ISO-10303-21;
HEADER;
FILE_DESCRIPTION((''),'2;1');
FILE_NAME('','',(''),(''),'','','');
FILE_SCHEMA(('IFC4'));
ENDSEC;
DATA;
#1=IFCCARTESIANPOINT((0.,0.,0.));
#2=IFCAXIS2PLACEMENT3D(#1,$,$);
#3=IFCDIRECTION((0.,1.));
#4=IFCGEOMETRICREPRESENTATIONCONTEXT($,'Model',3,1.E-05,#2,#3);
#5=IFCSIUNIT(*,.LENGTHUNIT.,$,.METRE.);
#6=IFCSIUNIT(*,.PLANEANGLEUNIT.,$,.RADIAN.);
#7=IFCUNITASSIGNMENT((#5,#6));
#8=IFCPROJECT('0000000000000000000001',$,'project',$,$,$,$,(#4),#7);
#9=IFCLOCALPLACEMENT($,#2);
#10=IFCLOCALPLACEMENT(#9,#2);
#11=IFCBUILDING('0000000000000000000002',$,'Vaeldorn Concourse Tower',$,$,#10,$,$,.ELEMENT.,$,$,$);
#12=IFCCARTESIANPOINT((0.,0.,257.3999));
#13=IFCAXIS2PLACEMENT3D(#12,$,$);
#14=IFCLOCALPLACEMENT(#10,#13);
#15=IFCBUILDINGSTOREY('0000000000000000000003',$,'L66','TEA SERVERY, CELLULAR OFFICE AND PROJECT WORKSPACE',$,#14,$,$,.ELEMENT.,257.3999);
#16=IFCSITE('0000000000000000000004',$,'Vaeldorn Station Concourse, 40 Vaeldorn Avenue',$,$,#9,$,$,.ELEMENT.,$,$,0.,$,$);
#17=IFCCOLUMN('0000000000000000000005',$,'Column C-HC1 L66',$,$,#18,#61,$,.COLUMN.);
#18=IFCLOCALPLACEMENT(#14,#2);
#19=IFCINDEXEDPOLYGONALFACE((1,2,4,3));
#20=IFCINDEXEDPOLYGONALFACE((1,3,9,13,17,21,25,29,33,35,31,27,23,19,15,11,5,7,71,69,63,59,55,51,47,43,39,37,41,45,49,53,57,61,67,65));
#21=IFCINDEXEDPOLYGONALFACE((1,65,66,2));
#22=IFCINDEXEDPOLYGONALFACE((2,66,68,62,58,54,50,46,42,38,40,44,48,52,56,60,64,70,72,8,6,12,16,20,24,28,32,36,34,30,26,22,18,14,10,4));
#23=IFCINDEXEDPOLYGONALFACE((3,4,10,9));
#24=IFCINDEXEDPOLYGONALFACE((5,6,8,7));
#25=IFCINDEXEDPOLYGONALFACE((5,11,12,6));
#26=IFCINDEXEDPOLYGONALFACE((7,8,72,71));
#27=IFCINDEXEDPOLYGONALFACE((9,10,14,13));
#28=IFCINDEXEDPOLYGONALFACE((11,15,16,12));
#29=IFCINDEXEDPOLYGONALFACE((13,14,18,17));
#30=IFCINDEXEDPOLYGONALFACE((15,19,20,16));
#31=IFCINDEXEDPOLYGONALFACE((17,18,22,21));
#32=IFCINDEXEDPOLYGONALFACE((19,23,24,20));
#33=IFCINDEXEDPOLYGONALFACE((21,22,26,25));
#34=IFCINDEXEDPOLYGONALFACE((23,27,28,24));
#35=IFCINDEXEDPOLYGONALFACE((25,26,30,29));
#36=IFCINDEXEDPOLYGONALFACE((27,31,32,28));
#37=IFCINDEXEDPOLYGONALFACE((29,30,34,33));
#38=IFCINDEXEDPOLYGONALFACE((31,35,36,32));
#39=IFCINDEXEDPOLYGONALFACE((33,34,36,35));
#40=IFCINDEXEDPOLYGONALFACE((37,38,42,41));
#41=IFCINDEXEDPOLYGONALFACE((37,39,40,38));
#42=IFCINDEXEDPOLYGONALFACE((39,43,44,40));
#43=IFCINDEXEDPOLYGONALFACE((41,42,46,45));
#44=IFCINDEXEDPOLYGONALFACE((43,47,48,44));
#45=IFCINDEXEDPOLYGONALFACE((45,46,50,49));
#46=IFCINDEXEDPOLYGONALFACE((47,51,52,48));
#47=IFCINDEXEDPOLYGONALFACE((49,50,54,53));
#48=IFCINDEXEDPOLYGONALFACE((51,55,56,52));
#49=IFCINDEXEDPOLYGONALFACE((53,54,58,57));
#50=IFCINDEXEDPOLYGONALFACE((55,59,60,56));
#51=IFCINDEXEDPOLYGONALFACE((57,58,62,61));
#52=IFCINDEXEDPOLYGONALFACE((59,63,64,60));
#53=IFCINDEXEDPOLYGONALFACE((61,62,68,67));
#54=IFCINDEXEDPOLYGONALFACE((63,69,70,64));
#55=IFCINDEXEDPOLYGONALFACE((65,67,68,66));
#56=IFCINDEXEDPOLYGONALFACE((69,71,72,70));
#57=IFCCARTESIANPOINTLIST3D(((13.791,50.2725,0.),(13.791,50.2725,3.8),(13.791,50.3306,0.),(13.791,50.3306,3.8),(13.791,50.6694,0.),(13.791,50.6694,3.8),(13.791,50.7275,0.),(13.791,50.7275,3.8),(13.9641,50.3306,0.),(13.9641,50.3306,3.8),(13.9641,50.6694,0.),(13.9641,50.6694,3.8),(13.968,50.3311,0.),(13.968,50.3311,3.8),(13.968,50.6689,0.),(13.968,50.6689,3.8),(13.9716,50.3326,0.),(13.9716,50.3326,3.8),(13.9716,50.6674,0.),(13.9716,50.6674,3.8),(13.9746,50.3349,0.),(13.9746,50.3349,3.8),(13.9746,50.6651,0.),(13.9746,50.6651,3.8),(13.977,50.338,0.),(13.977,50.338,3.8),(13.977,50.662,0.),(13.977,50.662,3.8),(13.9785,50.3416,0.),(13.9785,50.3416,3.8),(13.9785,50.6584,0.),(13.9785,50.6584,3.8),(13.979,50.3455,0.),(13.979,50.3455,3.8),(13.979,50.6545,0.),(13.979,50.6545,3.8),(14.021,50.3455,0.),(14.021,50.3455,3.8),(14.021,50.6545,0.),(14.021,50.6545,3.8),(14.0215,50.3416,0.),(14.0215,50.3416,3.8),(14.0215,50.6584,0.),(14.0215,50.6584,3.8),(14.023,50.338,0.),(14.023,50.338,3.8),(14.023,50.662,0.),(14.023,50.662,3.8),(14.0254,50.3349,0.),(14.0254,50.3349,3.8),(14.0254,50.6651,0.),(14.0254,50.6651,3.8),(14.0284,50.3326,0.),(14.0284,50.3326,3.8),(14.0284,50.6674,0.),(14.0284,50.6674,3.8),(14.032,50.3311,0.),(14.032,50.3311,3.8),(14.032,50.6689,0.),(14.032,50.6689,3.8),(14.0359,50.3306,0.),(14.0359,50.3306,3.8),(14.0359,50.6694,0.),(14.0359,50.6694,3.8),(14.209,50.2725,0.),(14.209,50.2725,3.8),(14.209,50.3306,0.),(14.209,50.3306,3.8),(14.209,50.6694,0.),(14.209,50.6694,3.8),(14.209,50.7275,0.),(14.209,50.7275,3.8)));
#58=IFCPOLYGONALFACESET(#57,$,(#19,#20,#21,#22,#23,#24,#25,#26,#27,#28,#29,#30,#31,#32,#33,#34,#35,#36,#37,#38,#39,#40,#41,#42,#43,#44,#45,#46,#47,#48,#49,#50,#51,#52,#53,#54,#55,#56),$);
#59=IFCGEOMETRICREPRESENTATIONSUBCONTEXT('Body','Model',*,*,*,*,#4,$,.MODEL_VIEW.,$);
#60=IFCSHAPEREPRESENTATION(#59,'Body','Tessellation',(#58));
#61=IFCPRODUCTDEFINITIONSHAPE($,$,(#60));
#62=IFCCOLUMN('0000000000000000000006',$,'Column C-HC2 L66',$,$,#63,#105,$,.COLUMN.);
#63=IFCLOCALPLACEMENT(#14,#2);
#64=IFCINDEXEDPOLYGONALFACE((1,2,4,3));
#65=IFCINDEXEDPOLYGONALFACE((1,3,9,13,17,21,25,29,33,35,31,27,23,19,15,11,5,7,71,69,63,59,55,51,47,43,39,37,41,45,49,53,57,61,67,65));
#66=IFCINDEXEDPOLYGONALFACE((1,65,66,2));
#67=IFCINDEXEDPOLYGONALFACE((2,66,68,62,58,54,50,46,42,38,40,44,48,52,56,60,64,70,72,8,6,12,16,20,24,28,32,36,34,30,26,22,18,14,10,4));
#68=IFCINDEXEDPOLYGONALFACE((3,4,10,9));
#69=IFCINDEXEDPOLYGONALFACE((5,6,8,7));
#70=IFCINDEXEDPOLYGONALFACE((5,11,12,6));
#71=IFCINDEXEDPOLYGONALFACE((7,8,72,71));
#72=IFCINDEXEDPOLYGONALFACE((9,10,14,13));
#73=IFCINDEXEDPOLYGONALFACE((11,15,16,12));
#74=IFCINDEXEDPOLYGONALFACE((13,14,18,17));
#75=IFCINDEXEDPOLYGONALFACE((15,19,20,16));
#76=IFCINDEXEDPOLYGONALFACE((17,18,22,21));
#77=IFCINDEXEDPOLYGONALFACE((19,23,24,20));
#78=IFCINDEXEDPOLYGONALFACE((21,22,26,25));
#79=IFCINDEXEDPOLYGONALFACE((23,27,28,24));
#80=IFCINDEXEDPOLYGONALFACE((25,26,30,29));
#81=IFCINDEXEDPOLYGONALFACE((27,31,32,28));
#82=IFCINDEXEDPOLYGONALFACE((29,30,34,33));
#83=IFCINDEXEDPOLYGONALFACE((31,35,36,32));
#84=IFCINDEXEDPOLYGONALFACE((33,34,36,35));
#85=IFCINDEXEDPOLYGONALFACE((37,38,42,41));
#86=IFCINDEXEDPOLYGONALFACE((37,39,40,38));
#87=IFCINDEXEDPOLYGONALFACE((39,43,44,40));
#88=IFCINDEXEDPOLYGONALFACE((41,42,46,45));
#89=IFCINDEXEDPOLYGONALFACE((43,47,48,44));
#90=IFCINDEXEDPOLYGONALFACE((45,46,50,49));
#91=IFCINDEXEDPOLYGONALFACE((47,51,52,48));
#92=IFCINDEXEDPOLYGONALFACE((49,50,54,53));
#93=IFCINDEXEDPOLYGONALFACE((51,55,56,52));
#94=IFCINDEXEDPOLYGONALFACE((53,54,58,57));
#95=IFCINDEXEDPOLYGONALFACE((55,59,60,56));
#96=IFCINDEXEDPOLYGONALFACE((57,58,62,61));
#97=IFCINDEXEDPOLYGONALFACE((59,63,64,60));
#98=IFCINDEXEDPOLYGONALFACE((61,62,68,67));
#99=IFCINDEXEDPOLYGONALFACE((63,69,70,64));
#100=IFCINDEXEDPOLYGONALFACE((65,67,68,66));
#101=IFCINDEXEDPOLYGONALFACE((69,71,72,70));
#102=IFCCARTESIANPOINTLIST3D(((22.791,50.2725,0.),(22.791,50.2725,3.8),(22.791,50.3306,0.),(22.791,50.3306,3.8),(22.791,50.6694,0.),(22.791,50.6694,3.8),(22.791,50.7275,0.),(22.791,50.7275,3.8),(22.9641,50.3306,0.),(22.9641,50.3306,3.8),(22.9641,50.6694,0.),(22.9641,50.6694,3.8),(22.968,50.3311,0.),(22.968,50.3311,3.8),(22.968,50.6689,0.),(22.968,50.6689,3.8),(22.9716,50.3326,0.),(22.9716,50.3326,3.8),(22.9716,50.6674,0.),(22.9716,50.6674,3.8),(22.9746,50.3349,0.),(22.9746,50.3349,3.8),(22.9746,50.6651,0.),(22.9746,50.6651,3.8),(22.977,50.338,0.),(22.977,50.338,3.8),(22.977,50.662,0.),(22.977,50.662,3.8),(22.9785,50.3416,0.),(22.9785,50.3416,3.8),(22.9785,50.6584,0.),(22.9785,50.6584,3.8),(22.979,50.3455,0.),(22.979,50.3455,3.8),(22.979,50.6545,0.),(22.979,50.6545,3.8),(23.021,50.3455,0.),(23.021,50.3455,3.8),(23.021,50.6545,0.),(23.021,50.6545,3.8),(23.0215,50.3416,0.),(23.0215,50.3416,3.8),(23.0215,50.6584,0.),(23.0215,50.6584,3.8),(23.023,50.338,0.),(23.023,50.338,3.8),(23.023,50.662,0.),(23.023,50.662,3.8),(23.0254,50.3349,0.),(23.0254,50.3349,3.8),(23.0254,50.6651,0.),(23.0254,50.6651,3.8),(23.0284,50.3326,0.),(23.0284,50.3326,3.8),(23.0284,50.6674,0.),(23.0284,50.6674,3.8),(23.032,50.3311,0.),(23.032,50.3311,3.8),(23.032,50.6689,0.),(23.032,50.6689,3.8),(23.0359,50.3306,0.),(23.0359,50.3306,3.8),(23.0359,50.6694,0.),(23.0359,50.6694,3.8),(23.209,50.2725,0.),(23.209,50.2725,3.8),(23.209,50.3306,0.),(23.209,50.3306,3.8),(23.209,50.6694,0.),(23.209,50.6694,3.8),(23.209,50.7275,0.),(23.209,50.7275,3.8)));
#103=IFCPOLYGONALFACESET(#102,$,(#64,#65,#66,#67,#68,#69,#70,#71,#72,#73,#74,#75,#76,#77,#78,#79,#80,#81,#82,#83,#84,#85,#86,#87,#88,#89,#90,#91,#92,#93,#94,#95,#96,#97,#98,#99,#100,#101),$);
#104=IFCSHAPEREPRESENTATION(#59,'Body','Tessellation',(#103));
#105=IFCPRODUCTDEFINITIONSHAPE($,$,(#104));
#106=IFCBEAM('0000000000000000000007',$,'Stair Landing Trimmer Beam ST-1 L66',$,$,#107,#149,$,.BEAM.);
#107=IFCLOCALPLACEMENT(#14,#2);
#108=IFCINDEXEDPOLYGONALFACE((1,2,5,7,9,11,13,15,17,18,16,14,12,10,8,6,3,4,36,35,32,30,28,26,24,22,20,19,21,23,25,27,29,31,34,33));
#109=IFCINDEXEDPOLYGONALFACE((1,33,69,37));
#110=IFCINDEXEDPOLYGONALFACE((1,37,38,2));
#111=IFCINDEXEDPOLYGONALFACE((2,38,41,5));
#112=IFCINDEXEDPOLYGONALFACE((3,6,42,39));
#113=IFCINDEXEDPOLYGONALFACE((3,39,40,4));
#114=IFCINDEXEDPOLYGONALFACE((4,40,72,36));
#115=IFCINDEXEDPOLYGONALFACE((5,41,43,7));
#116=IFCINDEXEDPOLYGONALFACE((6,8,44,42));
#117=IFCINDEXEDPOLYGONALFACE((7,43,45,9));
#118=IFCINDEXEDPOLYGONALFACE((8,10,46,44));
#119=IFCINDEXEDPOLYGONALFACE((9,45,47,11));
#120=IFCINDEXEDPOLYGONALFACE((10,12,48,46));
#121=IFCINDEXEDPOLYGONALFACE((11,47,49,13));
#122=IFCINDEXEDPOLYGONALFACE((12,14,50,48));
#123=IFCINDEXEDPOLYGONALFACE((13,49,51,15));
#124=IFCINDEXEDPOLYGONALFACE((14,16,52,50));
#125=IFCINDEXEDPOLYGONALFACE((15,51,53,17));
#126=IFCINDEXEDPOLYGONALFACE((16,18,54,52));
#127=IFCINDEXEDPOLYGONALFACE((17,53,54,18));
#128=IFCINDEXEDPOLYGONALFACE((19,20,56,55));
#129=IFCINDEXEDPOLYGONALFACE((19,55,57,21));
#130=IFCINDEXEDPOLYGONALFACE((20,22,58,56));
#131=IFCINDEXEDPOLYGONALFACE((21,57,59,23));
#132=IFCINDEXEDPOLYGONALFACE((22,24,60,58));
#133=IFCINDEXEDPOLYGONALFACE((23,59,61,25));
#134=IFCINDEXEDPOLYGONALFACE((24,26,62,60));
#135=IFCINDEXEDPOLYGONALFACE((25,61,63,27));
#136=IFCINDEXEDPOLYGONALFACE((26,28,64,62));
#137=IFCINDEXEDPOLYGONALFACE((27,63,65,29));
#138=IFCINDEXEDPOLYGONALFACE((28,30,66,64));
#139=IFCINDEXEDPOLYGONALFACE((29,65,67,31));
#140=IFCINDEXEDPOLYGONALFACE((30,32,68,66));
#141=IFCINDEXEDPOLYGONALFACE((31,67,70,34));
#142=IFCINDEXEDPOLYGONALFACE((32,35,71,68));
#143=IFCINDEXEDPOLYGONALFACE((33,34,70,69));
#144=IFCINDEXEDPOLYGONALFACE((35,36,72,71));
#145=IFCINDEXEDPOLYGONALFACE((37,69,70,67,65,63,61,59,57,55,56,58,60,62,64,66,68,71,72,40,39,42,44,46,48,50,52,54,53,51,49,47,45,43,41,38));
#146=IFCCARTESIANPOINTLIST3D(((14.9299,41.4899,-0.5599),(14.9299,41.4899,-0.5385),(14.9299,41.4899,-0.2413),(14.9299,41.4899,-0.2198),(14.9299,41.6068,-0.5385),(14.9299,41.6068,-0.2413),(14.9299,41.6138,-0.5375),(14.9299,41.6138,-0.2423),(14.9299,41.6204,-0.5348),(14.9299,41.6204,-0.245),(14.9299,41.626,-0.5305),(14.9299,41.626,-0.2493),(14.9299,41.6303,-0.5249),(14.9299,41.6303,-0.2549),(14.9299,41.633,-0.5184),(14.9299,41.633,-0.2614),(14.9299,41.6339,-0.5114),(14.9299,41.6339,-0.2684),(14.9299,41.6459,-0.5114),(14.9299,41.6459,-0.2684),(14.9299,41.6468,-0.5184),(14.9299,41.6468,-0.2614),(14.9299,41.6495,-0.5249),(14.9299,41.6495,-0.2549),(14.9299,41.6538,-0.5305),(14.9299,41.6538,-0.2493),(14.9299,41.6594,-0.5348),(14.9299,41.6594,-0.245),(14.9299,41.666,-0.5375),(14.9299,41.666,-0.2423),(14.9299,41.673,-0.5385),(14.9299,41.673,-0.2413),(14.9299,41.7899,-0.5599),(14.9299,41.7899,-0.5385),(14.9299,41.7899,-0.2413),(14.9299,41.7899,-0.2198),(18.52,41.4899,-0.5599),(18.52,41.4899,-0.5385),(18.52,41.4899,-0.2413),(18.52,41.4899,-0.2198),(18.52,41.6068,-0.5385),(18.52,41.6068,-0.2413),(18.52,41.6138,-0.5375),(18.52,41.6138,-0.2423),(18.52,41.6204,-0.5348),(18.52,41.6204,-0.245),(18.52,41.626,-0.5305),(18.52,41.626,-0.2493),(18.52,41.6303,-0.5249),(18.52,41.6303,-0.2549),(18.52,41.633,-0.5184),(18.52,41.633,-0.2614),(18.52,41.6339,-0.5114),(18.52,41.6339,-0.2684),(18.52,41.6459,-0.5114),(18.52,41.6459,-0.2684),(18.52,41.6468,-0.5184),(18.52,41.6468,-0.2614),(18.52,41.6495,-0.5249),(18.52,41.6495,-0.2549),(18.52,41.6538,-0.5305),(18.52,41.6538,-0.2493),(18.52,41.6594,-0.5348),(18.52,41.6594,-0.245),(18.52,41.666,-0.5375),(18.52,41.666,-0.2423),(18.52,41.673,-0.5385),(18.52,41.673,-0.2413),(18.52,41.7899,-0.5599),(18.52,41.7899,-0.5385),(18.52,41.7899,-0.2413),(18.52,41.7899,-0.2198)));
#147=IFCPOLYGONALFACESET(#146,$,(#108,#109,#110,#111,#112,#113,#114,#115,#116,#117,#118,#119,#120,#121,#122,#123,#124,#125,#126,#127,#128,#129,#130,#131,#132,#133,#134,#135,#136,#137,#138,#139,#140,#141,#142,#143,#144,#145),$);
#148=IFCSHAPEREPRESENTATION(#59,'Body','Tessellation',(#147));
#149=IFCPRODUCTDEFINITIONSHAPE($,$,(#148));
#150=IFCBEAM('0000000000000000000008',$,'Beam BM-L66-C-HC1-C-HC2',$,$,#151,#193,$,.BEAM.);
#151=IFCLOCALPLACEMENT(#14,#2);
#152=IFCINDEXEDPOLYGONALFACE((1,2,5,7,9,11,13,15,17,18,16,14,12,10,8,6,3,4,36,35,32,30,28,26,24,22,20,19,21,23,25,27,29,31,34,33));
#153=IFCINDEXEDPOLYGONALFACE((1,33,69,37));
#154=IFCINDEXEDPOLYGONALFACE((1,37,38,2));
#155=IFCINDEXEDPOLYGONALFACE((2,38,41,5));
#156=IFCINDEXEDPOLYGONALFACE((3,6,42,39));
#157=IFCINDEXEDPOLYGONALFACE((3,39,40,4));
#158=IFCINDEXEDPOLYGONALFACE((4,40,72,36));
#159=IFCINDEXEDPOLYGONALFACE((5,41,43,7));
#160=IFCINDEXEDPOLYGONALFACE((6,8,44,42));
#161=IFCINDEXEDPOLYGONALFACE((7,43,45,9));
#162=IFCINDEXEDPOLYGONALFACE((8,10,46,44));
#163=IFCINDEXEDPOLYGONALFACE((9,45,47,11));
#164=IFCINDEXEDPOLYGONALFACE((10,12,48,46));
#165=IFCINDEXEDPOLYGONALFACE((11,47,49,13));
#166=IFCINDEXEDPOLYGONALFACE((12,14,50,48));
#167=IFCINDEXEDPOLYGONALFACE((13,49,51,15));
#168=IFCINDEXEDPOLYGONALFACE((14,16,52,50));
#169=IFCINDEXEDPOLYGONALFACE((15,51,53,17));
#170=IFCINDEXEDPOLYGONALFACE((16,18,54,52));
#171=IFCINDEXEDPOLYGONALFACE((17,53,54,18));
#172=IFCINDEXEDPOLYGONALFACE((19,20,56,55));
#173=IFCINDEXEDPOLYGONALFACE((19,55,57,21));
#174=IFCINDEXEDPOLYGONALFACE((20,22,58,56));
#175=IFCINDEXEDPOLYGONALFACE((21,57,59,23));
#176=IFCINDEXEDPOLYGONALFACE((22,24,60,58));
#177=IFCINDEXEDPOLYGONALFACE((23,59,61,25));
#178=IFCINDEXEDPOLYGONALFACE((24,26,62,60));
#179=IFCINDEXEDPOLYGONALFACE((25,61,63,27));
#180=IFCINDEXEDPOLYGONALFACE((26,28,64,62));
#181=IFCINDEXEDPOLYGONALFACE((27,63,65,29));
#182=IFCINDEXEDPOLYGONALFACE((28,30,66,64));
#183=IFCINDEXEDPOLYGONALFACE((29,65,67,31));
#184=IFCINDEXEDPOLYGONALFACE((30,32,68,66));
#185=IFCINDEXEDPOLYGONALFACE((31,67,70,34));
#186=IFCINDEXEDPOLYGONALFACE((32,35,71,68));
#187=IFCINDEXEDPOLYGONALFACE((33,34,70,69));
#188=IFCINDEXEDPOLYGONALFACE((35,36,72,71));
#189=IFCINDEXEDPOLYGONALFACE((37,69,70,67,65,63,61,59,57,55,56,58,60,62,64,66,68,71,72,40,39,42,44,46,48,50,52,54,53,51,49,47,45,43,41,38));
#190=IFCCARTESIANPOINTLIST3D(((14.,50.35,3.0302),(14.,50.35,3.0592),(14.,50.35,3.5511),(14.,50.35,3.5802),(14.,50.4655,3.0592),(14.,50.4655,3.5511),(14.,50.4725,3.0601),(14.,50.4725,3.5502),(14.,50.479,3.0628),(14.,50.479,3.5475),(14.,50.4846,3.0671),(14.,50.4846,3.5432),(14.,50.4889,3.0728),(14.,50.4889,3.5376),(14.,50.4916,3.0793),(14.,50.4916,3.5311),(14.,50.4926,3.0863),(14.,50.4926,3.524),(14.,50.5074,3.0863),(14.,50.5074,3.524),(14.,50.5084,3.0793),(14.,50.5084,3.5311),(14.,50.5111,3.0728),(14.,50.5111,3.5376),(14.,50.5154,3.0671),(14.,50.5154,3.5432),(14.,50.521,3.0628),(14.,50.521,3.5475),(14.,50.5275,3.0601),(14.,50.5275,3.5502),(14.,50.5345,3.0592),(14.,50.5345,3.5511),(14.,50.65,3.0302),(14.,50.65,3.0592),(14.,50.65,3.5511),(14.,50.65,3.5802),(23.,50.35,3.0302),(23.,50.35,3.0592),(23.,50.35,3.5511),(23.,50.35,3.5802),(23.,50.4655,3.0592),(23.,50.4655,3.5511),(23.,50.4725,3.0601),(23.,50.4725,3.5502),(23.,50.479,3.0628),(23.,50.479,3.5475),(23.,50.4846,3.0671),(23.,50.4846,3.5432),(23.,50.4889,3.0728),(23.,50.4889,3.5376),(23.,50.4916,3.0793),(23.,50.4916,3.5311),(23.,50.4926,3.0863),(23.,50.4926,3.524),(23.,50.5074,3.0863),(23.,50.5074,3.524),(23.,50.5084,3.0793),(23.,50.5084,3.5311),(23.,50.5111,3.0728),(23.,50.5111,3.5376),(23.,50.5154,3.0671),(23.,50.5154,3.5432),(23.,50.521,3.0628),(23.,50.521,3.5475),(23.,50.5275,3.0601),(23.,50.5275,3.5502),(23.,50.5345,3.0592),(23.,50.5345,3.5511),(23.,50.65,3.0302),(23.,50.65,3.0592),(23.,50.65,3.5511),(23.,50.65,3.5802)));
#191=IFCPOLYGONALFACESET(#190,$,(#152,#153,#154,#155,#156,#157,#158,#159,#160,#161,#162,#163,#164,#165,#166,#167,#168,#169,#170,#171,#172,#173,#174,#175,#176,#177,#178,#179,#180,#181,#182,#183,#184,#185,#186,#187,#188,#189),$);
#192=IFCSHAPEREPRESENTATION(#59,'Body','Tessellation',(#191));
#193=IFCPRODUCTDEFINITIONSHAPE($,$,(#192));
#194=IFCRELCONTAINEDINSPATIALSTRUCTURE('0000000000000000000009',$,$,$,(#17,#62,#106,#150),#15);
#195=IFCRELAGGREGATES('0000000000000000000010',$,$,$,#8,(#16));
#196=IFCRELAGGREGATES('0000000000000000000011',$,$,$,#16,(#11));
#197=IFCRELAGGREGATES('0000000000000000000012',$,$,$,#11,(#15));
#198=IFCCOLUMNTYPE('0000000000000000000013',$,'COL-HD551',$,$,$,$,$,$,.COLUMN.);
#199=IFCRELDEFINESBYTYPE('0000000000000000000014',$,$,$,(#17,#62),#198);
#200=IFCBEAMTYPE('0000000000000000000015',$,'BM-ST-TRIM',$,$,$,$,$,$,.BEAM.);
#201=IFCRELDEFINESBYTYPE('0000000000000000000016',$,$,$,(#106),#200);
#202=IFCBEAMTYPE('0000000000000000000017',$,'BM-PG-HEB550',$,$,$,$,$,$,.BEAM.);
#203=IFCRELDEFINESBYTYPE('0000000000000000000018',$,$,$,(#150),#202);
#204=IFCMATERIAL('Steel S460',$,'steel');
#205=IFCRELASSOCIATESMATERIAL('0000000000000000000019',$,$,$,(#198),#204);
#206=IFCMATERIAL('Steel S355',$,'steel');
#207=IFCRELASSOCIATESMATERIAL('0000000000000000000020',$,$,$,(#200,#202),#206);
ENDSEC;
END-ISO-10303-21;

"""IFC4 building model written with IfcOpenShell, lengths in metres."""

from ifc_helpers import new_model, si_unit, direction, frame, origin, origin_2d, place, context, subcontext, project, spatial, i_section, extrude, source, transform, mapped, material, material_profile, profile_set, type_object, element, save


model = new_model("IFC4")

# Units and contexts
model_context = context("Model", 3, precision=1e-05, world=origin(), true_north=direction((0.0, 1.0)))
body_context = subcontext(model_context, "Body", "Model", "MODEL_VIEW")
ifc_project = project(units=[si_unit("LENGTHUNIT", "METRE"), si_unit("PLANEANGLEUNIT", "RADIAN")], contexts=[model_context])

# Site, building, storey
site_placement = place(None, origin())
site = spatial("IfcSite", under=ifc_project, at=site_placement, Name="Vaeldorn Station Concourse, 40 Vaeldorn Avenue", CompositionType="ELEMENT", RefElevation=0.0)
building_placement = place(site_placement, origin())
building = spatial("IfcBuilding", under=site, at=building_placement, Name="Vaeldorn Concourse Tower", CompositionType="ELEMENT")
storey_placement = place(building_placement, frame((0.0, 0.0, 257.3999)))
storey = spatial("IfcBuildingStorey", under=building, at=storey_placement, Name="L66", Description="TEA SERVERY, CELLULAR OFFICE AND PROJECT WORKSPACE", CompositionType="ELEMENT", Elevation=257.3999)

# Columns
ifc_material_1 = material(Name="Steel S460", Category="steel")
ifc_material_profile_1 = material_profile(ifc_material_1, i_section(OverallWidth=0.418, OverallDepth=0.4551, WebThickness=0.042, FlangeThickness=0.0581, FilletRadius=0.0149, at=origin_2d()), Name="HD 400x551")
ifc_profile_set_1 = profile_set([ifc_material_profile_1], Name="Steel S460")
column_type = type_object("IfcColumnType", Name="COL-HD551", PredefinedType="COLUMN", material=ifc_profile_set_1)
shared_shape_1 = source(origin(), body_context, "Body", "SweptSolid", [
    extrude(i_section(OverallWidth=0.418, OverallDepth=0.4551, WebThickness=0.042, FlangeThickness=0.0581, FilletRadius=0.0149, at=origin_2d()), origin(), (0.0, 0.0, 1.0), 3.8),
])
for number, where, z_axis, x_axis, name in (
    (1, (14.0, 50.5, 0.0), (0.0, 0.0, 1.0), (1.0, 0.0, 0.0), "Column C-HC1 L66"),
    (2, (23.0, 50.5, 0.0), (0.0, 0.0, 1.0), (1.0, 0.0, 0.0), "Column C-HC2 L66"),
):
    element("IfcColumn", number, at=place(storey_placement, frame(where, z_axis=z_axis, x_axis=x_axis)), inside=storey, type_object=column_type, Name=name, PredefinedType="COLUMN", context=body_context, shape_type="MappedRepresentation", body=[
        mapped(shared_shape_1, transform((0.0, 0.0, 0.0), scale=1.0)),
    ])

# Beams
ifc_material_2 = material(Name="Steel S355", Category="steel")
ifc_material_profile_2 = material_profile(ifc_material_2, i_section(OverallWidth=0.3, OverallDepth=0.3401, WebThickness=0.012, FlangeThickness=0.0215, FilletRadius=0.0271, at=origin_2d()), Name="HEB 340")
ifc_profile_set_2 = profile_set([ifc_material_profile_2], Name="Steel S355")
beam_type_1 = type_object("IfcBeamType", Name="BM-ST-TRIM", PredefinedType="BEAM", material=ifc_profile_set_2)
shared_shape_2 = source(origin(), body_context, "Body", "SweptSolid", [
    extrude(i_section(OverallWidth=0.3, OverallDepth=0.3401, WebThickness=0.012, FlangeThickness=0.0215, FilletRadius=0.0271, at=origin_2d()), origin(), (0.0, 0.0, 1.0), 3.5901),
])
beam_1_placement = place(storey_placement, frame((14.9299, 41.6399, -0.3899), z_axis=(1.0, 0.0, 0.0), x_axis=(0.0, 1.0, 0.0)))
element("IfcBeam", 3, at=beam_1_placement, inside=storey, type_object=beam_type_1, Name="Stair Landing Trimmer Beam ST-1 L66", PredefinedType="BEAM", context=body_context, shape_type="MappedRepresentation", body=[
    mapped(shared_shape_2, transform((0.0, 0.0, 0.0), scale=1.0)),
])
ifc_material_profile_3 = material_profile(ifc_material_2, i_section(OverallWidth=0.3, OverallDepth=0.55, WebThickness=0.0149, FlangeThickness=0.0291, FilletRadius=0.0271, at=origin_2d()), Name="HEB 550")
ifc_profile_set_3 = profile_set([ifc_material_profile_3], Name="Steel S355")
beam_type_2 = type_object("IfcBeamType", Name="BM-PG-HEB550", PredefinedType="BEAM", material=ifc_profile_set_3)
shared_shape_3 = source(origin(), body_context, "Body", "SweptSolid", [
    extrude(i_section(OverallWidth=0.3, OverallDepth=0.55, WebThickness=0.0149, FlangeThickness=0.0291, FilletRadius=0.0271, at=origin_2d()), origin(), (0.0, 0.0, 1.0), 9.0),
])
beam_2_placement = place(storey_placement, frame((14.0, 50.5, 3.3052), z_axis=(1.0, 0.0, 0.0), x_axis=(0.0, 1.0, 0.0)))
element("IfcBeam", 4, at=beam_2_placement, inside=storey, type_object=beam_type_2, Name="Beam BM-L66-C-HC1-C-HC2", PredefinedType="BEAM", context=body_context, shape_type="MappedRepresentation", body=[
    mapped(shared_shape_3, transform((0.0, 0.0, 0.0), scale=1.0)),
])

save(model, "model.ifc")
